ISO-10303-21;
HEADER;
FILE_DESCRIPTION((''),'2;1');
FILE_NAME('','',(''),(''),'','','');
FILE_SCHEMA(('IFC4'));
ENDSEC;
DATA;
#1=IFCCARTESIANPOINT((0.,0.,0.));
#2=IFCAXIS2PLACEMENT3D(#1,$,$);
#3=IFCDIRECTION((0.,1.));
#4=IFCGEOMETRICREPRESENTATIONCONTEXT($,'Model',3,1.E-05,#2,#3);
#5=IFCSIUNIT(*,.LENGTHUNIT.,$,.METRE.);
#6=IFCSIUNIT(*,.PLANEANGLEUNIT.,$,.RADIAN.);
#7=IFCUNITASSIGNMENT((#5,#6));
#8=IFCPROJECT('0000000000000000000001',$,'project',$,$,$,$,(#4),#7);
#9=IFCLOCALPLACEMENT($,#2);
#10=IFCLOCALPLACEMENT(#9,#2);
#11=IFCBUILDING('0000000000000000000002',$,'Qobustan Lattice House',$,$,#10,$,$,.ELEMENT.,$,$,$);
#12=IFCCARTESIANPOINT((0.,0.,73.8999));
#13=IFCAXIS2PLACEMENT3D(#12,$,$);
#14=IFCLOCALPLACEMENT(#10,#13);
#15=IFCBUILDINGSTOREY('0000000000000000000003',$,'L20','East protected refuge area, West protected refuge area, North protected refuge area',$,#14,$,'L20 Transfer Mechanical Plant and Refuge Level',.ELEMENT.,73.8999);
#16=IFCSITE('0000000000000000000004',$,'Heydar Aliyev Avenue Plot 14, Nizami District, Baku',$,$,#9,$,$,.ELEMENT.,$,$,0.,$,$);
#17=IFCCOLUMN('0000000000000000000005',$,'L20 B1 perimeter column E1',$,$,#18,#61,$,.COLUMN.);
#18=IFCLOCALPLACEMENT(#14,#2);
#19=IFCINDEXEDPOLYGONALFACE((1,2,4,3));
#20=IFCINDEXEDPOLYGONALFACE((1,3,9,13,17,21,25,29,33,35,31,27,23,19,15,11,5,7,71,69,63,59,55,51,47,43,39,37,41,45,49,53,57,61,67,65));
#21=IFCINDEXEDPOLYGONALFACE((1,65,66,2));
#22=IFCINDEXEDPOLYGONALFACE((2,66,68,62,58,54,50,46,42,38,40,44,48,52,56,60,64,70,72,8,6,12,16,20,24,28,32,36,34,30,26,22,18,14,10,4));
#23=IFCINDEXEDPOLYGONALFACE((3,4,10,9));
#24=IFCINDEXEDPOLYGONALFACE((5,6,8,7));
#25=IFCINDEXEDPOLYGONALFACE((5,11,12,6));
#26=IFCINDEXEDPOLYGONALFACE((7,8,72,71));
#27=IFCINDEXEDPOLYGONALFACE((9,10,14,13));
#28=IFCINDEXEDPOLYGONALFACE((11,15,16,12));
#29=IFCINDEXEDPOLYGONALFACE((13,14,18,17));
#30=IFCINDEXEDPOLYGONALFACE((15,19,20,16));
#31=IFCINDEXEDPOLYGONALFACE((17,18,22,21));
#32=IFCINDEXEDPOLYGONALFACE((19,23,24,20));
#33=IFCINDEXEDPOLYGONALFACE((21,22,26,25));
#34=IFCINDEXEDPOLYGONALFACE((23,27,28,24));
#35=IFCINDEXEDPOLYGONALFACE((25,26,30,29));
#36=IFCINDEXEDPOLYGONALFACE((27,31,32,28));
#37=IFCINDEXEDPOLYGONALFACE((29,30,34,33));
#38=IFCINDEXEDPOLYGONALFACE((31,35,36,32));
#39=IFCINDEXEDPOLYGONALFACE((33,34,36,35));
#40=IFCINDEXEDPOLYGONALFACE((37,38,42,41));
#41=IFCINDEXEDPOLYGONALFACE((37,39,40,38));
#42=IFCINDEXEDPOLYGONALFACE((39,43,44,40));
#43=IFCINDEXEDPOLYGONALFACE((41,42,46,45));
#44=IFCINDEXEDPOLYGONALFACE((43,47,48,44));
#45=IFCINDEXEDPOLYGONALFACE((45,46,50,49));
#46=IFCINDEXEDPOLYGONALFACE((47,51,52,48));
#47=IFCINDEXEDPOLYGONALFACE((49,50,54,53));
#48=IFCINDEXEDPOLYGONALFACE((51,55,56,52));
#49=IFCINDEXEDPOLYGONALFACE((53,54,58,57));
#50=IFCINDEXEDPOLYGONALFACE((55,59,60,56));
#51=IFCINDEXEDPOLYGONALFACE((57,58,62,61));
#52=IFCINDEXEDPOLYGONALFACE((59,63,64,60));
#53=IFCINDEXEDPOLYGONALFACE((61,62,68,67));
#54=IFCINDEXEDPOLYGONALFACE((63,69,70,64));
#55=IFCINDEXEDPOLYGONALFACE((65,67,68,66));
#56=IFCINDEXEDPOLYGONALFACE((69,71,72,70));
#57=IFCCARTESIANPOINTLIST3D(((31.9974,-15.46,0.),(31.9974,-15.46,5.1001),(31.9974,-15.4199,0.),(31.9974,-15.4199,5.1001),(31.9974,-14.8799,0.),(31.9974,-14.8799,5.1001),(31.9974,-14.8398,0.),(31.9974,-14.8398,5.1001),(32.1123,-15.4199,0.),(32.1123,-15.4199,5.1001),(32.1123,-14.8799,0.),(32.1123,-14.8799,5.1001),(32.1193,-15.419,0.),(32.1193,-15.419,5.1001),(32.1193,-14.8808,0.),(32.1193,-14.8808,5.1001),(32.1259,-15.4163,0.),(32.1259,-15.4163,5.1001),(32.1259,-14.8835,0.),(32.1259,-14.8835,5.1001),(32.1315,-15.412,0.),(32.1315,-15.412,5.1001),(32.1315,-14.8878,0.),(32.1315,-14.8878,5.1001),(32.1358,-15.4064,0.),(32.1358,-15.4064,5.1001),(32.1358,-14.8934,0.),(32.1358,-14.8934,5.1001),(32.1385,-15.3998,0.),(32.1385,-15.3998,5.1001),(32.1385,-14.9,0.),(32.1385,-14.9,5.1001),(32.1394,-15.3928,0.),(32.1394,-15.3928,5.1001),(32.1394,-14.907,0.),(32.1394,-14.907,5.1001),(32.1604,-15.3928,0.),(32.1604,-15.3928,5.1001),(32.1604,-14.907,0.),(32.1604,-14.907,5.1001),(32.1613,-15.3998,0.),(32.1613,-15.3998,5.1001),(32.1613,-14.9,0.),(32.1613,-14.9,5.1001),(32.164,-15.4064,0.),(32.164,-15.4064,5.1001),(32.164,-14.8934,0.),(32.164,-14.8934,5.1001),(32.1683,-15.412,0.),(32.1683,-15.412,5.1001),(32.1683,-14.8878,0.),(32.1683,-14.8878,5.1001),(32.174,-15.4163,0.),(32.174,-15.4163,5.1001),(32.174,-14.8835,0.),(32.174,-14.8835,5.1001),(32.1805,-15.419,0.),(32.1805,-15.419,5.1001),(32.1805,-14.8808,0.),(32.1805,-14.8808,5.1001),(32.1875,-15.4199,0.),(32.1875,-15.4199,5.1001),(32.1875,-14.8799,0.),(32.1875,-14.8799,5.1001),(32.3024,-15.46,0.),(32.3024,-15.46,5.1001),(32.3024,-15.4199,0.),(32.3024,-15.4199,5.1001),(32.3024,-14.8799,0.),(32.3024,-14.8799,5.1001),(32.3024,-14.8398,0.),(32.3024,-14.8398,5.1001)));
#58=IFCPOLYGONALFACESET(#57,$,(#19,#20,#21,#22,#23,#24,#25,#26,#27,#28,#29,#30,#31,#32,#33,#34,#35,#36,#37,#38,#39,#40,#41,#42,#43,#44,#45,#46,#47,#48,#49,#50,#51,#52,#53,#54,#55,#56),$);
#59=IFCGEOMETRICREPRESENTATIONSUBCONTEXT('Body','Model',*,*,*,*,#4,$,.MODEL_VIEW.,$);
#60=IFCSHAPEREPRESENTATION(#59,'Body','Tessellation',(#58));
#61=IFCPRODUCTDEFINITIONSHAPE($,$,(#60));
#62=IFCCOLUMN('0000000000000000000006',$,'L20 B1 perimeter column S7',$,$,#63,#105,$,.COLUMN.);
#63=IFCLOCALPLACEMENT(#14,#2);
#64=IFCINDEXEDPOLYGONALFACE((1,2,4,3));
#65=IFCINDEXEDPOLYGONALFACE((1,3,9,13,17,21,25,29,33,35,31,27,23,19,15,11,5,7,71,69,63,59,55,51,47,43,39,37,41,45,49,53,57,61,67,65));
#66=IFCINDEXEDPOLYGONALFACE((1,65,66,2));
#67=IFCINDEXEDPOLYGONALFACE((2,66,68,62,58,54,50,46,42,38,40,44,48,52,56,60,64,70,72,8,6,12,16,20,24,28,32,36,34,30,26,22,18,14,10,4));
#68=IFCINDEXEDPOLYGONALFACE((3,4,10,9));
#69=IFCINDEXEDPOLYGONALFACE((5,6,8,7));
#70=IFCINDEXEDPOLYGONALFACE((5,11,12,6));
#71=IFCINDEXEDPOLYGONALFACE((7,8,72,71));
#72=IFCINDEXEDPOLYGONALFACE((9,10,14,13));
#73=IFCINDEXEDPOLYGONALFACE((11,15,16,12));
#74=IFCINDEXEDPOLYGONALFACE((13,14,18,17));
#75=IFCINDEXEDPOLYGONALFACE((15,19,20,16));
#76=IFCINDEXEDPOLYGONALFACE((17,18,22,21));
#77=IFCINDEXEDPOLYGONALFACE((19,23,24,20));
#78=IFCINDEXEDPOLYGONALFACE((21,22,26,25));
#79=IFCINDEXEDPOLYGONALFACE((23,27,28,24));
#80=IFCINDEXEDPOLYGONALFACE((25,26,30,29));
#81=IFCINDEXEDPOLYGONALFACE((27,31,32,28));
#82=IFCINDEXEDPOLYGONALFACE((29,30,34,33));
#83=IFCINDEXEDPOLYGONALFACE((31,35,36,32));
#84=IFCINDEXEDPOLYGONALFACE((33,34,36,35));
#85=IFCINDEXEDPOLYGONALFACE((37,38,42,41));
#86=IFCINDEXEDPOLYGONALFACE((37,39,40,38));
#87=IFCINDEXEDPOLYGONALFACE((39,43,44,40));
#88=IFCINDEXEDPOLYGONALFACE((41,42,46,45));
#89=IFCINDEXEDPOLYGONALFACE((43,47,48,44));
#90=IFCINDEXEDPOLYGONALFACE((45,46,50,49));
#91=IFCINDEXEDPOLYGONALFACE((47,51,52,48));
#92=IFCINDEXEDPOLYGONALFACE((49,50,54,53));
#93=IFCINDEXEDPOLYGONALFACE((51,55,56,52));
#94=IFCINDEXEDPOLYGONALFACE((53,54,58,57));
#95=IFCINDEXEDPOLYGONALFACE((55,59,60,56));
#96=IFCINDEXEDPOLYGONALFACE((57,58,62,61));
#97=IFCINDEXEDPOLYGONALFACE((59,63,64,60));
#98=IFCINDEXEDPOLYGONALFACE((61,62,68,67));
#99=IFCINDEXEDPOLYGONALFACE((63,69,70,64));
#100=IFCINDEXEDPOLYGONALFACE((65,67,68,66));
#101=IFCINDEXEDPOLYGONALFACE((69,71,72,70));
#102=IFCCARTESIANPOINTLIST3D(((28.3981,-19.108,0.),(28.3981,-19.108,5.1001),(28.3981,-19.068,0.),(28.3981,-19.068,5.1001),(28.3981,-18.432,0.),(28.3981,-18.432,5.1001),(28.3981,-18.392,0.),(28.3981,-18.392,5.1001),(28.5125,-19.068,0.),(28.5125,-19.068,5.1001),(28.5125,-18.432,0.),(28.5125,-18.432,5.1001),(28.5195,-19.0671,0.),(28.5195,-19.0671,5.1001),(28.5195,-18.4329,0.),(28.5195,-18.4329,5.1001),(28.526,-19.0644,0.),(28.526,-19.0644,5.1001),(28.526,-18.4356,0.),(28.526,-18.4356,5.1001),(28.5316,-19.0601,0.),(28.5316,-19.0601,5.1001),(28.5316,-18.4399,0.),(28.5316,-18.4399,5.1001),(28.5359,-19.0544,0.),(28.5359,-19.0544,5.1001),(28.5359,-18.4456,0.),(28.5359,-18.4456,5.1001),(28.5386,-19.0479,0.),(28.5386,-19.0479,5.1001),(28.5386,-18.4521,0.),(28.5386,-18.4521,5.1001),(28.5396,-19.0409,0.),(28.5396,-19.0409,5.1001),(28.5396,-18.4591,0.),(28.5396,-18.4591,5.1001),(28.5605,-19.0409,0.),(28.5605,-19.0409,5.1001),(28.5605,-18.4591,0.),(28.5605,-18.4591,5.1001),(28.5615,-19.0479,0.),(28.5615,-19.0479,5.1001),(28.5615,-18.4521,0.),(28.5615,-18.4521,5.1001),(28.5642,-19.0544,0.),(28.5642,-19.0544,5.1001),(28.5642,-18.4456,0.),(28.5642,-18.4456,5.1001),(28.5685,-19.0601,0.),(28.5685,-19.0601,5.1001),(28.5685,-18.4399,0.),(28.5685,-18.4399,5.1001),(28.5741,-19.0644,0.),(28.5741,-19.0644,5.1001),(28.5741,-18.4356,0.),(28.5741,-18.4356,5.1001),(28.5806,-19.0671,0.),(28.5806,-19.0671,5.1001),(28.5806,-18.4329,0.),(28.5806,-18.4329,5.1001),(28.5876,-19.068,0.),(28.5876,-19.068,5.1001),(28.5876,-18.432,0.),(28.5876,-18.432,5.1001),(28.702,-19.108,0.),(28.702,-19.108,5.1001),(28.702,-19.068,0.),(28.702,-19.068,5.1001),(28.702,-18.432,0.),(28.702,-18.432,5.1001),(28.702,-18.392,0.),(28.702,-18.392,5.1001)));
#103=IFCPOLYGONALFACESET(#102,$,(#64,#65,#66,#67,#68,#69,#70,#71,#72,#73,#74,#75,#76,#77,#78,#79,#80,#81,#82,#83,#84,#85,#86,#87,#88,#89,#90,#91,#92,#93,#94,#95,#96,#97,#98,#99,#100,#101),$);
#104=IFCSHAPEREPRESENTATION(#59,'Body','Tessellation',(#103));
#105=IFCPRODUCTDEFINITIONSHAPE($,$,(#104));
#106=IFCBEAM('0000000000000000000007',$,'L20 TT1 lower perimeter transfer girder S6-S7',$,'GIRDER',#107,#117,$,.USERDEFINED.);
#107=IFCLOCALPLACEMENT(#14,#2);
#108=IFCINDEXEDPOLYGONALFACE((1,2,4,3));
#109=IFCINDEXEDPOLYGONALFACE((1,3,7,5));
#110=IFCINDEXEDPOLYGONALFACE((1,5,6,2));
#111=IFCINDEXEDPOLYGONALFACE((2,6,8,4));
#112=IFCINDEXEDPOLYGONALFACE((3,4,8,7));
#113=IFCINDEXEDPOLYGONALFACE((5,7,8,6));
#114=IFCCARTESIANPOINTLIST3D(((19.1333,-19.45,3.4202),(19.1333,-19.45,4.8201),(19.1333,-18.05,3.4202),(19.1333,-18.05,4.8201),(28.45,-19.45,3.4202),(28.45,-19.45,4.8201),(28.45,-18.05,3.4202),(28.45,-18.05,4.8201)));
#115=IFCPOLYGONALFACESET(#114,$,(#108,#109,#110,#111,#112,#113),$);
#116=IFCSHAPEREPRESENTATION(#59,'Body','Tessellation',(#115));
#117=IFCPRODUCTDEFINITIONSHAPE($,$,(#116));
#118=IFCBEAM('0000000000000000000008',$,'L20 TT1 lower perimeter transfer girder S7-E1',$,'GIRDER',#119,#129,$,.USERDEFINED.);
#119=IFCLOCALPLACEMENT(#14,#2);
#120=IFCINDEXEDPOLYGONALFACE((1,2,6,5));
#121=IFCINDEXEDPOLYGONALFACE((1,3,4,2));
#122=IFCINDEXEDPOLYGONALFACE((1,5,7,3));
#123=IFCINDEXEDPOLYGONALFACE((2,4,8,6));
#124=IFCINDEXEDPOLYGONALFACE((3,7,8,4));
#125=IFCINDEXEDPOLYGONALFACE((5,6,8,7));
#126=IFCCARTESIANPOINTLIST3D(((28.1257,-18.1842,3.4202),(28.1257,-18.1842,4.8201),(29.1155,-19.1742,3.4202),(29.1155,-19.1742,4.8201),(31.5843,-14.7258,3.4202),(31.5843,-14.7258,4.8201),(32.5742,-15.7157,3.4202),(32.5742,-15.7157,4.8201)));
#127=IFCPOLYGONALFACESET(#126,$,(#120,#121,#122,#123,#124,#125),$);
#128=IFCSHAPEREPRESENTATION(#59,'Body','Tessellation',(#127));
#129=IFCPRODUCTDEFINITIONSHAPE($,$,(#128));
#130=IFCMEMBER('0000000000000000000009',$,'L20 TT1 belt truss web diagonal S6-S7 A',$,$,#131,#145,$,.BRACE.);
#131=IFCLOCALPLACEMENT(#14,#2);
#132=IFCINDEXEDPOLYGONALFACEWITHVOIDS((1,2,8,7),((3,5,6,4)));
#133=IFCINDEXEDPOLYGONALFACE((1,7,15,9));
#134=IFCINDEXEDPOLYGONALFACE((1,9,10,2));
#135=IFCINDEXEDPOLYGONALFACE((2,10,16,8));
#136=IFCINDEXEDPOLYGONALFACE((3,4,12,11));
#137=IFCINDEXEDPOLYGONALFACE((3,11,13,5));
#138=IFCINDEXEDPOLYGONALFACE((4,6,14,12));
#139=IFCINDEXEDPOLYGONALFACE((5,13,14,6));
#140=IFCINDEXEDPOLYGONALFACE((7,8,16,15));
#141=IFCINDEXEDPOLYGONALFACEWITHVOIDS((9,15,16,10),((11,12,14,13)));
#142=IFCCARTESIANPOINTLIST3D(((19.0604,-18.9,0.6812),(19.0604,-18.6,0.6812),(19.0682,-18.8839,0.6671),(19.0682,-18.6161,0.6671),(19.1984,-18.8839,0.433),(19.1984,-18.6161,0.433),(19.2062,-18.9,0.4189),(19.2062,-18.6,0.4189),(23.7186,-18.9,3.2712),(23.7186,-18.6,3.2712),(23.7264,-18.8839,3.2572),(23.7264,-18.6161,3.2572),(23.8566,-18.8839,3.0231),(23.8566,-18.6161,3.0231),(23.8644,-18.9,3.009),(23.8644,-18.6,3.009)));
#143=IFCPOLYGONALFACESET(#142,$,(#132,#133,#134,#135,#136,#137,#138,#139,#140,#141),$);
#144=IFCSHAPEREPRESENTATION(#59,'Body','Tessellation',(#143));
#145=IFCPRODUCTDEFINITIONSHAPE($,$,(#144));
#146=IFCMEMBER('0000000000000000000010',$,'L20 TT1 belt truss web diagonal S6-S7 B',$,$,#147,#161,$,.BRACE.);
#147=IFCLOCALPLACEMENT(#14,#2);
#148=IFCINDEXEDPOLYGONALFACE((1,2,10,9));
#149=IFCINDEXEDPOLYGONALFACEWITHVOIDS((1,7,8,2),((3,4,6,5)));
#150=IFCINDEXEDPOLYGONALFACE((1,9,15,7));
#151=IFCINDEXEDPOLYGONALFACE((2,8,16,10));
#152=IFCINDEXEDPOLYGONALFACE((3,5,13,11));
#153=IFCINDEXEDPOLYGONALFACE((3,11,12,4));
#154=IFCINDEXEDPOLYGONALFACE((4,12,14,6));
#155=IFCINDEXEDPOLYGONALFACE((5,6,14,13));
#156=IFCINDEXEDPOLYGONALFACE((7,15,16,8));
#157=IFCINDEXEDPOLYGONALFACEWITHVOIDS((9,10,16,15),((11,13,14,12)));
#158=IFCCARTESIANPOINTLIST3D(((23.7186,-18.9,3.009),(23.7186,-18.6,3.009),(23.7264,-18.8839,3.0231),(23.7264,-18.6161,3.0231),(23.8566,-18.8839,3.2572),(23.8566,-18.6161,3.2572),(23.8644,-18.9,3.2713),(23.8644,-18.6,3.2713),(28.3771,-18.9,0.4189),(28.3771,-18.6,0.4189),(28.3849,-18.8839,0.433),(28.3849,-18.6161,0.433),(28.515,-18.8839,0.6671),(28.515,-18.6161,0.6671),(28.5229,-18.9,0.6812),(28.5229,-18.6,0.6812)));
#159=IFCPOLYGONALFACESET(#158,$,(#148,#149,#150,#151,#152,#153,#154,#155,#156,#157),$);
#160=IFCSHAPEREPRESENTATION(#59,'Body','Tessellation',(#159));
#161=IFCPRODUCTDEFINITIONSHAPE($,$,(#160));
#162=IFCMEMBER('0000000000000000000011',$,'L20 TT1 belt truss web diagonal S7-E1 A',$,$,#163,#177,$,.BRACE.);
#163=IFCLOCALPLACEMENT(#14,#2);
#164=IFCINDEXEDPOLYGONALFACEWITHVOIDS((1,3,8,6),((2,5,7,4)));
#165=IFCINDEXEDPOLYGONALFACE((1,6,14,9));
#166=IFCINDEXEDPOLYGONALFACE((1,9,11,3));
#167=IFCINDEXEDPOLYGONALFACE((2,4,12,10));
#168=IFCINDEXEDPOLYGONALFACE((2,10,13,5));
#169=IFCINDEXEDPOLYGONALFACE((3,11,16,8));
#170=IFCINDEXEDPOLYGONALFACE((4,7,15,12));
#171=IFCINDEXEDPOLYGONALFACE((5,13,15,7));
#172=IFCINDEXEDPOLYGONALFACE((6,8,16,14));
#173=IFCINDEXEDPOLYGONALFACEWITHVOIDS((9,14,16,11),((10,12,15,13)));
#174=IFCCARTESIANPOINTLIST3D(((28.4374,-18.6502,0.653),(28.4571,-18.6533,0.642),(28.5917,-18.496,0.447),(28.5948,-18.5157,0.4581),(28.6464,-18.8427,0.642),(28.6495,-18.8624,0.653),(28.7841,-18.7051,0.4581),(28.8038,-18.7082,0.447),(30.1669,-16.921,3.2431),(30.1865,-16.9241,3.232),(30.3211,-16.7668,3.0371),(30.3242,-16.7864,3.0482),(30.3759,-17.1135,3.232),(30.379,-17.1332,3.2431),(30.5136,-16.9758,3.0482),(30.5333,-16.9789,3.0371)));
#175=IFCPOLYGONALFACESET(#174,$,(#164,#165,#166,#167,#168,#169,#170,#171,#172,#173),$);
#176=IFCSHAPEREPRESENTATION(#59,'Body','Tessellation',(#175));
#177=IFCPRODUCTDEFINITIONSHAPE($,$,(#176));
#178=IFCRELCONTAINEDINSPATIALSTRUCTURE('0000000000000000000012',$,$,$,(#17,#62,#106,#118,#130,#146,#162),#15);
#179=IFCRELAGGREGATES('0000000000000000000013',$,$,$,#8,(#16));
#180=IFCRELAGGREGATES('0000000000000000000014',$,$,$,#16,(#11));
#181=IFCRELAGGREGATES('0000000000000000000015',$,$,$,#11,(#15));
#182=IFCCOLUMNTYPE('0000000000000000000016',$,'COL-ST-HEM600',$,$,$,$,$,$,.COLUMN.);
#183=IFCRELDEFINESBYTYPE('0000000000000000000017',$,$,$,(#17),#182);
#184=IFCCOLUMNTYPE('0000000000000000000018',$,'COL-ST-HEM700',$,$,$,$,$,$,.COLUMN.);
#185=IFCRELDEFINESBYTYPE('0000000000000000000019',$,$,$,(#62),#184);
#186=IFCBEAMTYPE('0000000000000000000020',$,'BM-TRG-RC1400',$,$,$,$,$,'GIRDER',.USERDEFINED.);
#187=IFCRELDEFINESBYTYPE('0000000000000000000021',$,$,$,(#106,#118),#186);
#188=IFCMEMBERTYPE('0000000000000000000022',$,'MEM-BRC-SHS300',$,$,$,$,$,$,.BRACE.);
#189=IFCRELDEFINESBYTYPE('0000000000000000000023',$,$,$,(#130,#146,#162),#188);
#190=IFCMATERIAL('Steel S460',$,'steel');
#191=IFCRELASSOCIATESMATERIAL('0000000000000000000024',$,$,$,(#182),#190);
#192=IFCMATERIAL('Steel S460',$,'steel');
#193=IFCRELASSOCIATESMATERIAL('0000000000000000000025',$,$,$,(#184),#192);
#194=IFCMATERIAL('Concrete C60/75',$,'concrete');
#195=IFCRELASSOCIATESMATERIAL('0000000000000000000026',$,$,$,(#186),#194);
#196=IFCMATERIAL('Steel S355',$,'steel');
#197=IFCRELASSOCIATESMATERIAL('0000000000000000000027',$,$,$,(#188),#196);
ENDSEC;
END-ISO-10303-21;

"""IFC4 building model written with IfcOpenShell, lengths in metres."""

from ifc_helpers import new_model, si_unit, direction, frame, origin, origin_2d, place, context, subcontext, project, spatial, rectangle, hollow_rectangle, i_section, extrude, material, material_profile, profile_set, type_object, element, save


model = new_model("IFC4")

# Units and contexts
model_context = context("Model", 3, precision=1e-05, world=origin(), true_north=direction((0.0, 1.0)))
body_context = subcontext(model_context, "Body", "Model", "MODEL_VIEW")
ifc_project = project(units=[si_unit("LENGTHUNIT", "METRE"), si_unit("PLANEANGLEUNIT", "RADIAN")], contexts=[model_context])

# Site, building, storey
site_placement = place(None, origin())
site = spatial("IfcSite", under=ifc_project, at=site_placement, Name="Heydar Aliyev Avenue Plot 14, Nizami District, Baku", CompositionType="ELEMENT", RefElevation=0.0)
building_placement = place(site_placement, origin())
building = spatial("IfcBuilding", under=site, at=building_placement, Name="Qobustan Lattice House", CompositionType="ELEMENT")
storey_placement = place(building_placement, frame((0.0, 0.0, 73.8999)))
storey = spatial("IfcBuildingStorey", under=building, at=storey_placement, Name="L20", Description="East protected refuge area, West protected refuge area, North protected refuge area", LongName="L20 Transfer Mechanical Plant and Refuge Level", CompositionType="ELEMENT", Elevation=73.8999)

# Columns
ifc_material_1 = material(Name="Steel S460", Category="steel")
ifc_material_profile_1 = material_profile(ifc_material_1, i_section(OverallWidth=0.3049, OverallDepth=0.6201, WebThickness=0.021, FlangeThickness=0.04, FilletRadius=0.0271, at=origin_2d()), Name="HEM600")
ifc_profile_set_1 = profile_set([ifc_material_profile_1], Name="Steel S460")
column_type_1 = type_object("IfcColumnType", Name="COL-ST-HEM600", PredefinedType="COLUMN", material=ifc_profile_set_1)
column_1_placement = place(storey_placement, frame((32.1499, -15.1499, 0.0), z_axis=(0.0, 0.0, 1.0), x_axis=(1.0, 0.0, 0.0)))
element("IfcColumn", 1, at=column_1_placement, inside=storey, type_object=column_type_1, Name="L20 B1 perimeter column E1", PredefinedType="COLUMN", context=body_context, shape_type="SweptSolid", body=[
    extrude(i_section(OverallWidth=0.3049, OverallDepth=0.6201, WebThickness=0.021, FlangeThickness=0.04, FilletRadius=0.0271, at=origin_2d()), origin(), (0.0, 0.0, 1.0), 5.1001),
])
ifc_material_2 = material(Name="Steel S460", Category="steel")
ifc_material_profile_2 = material_profile(ifc_material_2, i_section(OverallWidth=0.304, OverallDepth=0.7161, WebThickness=0.021, FlangeThickness=0.04, FilletRadius=0.0271, at=origin_2d()), Name="HEM700")
ifc_profile_set_2 = profile_set([ifc_material_profile_2], Name="Steel S460")
column_type_2 = type_object("IfcColumnType", Name="COL-ST-HEM700", PredefinedType="COLUMN", material=ifc_profile_set_2)
column_2_placement = place(storey_placement, frame((28.55, -18.75, 0.0), z_axis=(0.0, 0.0, 1.0), x_axis=(1.0, 0.0, 0.0)))
element("IfcColumn", 2, at=column_2_placement, inside=storey, type_object=column_type_2, Name="L20 B1 perimeter column S7", PredefinedType="COLUMN", context=body_context, shape_type="SweptSolid", body=[
    extrude(i_section(OverallWidth=0.304, OverallDepth=0.7161, WebThickness=0.021, FlangeThickness=0.04, FilletRadius=0.0271, at=origin_2d()), origin(), (0.0, 0.0, 1.0), 5.1001),
])

# Beams
ifc_material_3 = material(Name="Concrete C60/75", Category="concrete")
ifc_material_profile_3 = material_profile(ifc_material_3, rectangle(XDim=1.3999, YDim=1.3999, at=origin_2d()), Name="RC1400x1400")
ifc_profile_set_3 = profile_set([ifc_material_profile_3], Name="Concrete C60/75")
beam_type = type_object("IfcBeamType", Name="BM-TRG-RC1400", ElementType="GIRDER", PredefinedType="USERDEFINED", material=ifc_profile_set_3)
beam_1_placement = place(storey_placement, frame((19.1333, -18.75, 4.1201), z_axis=(1.0, 0.0, 0.0), x_axis=(0.0, 1.0, 0.0)))
element("IfcBeam", 3, at=beam_1_placement, inside=storey, type_object=beam_type, Name="L20 TT1 lower perimeter transfer girder S6-S7", ObjectType="GIRDER", PredefinedType="USERDEFINED", context=body_context, shape_type="SweptSolid", body=[
    extrude(rectangle(XDim=1.3999, YDim=1.3999, at=origin_2d()), origin(), (0.0, 0.0, 1.0), 9.3167),
])
beam_2_placement = place(storey_placement, frame((28.6206, -18.6792, 4.1201), z_axis=(0.707132, 0.707082, 0.0), x_axis=(-0.707082, 0.707132, 0.0)))
element("IfcBeam", 4, at=beam_2_placement, inside=storey, type_object=beam_type, Name="L20 TT1 lower perimeter transfer girder S7-E1", ObjectType="GIRDER", PredefinedType="USERDEFINED", context=body_context, shape_type="SweptSolid", body=[
    extrude(rectangle(XDim=1.3999, YDim=1.3999, at=origin_2d()), origin(), (0.0, 0.0, 1.0), 4.8911),
])

# Members
ifc_material_4 = material(Name="Steel S355", Category="steel")
ifc_material_profile_4 = material_profile(ifc_material_4, hollow_rectangle(XDim=0.3, YDim=0.3, WallThickness=0.0161, at=origin_2d()), Name="SHS300x300x16")
ifc_profile_set_4 = profile_set([ifc_material_profile_4], Name="Steel S355")
member_type_1 = type_object("IfcMemberType", Name="MEM-BRC-SHS300", PredefinedType="BRACE", material=ifc_profile_set_4)
member_1_placement = place(storey_placement, frame((19.1333, -18.75, 0.55), z_axis=(0.873982, 0.0, 0.485958), x_axis=(0.0, 1.0, 0.0)))
element("IfcMember", 5, at=member_1_placement, inside=storey, type_object=member_type_1, Name="L20 TT1 belt truss web diagonal S6-S7 A", PredefinedType="BRACE", context=body_context, shape_type="SweptSolid", body=[
    extrude(hollow_rectangle(XDim=0.3, YDim=0.3, WallThickness=0.0161, at=origin_2d()), origin(), (0.0, 0.0, 1.0), 5.3298),
])
member_2_placement = place(storey_placement, frame((23.7915, -18.75, 3.1401), z_axis=(0.873993, 0.0, -0.485938), x_axis=(0.0, 1.0, 0.0)))
element("IfcMember", 6, at=member_2_placement, inside=storey, type_object=member_type_1, Name="L20 TT1 belt truss web diagonal S6-S7 B", PredefinedType="BRACE", context=body_context, shape_type="SweptSolid", body=[
    extrude(hollow_rectangle(XDim=0.3, YDim=0.3, WallThickness=0.0161, at=origin_2d()), origin(), (0.0, 0.0, 1.0), 5.3301),
])
for number, where, z_axis, x_axis, name in (
    (7, (28.6206, -18.6792, 0.55), (0.485498, 0.48543, 0.727083), (-0.707057, 0.707157, 0.0), "L20 TT1 belt truss web diagonal S7-E1 A"),
):
    element("IfcMember", number, at=place(storey_placement, frame(where, z_axis=z_axis, x_axis=x_axis)), inside=storey, type_object=member_type_1, Name=name, PredefinedType="BRACE", context=body_context, shape_type="SweptSolid", body=[
        extrude(hollow_rectangle(XDim=0.3, YDim=0.3, WallThickness=0.0161, at=origin_2d()), origin(), (0.0, 0.0, 1.0), 3.5623),
    ])

save(model, "model.ifc")
